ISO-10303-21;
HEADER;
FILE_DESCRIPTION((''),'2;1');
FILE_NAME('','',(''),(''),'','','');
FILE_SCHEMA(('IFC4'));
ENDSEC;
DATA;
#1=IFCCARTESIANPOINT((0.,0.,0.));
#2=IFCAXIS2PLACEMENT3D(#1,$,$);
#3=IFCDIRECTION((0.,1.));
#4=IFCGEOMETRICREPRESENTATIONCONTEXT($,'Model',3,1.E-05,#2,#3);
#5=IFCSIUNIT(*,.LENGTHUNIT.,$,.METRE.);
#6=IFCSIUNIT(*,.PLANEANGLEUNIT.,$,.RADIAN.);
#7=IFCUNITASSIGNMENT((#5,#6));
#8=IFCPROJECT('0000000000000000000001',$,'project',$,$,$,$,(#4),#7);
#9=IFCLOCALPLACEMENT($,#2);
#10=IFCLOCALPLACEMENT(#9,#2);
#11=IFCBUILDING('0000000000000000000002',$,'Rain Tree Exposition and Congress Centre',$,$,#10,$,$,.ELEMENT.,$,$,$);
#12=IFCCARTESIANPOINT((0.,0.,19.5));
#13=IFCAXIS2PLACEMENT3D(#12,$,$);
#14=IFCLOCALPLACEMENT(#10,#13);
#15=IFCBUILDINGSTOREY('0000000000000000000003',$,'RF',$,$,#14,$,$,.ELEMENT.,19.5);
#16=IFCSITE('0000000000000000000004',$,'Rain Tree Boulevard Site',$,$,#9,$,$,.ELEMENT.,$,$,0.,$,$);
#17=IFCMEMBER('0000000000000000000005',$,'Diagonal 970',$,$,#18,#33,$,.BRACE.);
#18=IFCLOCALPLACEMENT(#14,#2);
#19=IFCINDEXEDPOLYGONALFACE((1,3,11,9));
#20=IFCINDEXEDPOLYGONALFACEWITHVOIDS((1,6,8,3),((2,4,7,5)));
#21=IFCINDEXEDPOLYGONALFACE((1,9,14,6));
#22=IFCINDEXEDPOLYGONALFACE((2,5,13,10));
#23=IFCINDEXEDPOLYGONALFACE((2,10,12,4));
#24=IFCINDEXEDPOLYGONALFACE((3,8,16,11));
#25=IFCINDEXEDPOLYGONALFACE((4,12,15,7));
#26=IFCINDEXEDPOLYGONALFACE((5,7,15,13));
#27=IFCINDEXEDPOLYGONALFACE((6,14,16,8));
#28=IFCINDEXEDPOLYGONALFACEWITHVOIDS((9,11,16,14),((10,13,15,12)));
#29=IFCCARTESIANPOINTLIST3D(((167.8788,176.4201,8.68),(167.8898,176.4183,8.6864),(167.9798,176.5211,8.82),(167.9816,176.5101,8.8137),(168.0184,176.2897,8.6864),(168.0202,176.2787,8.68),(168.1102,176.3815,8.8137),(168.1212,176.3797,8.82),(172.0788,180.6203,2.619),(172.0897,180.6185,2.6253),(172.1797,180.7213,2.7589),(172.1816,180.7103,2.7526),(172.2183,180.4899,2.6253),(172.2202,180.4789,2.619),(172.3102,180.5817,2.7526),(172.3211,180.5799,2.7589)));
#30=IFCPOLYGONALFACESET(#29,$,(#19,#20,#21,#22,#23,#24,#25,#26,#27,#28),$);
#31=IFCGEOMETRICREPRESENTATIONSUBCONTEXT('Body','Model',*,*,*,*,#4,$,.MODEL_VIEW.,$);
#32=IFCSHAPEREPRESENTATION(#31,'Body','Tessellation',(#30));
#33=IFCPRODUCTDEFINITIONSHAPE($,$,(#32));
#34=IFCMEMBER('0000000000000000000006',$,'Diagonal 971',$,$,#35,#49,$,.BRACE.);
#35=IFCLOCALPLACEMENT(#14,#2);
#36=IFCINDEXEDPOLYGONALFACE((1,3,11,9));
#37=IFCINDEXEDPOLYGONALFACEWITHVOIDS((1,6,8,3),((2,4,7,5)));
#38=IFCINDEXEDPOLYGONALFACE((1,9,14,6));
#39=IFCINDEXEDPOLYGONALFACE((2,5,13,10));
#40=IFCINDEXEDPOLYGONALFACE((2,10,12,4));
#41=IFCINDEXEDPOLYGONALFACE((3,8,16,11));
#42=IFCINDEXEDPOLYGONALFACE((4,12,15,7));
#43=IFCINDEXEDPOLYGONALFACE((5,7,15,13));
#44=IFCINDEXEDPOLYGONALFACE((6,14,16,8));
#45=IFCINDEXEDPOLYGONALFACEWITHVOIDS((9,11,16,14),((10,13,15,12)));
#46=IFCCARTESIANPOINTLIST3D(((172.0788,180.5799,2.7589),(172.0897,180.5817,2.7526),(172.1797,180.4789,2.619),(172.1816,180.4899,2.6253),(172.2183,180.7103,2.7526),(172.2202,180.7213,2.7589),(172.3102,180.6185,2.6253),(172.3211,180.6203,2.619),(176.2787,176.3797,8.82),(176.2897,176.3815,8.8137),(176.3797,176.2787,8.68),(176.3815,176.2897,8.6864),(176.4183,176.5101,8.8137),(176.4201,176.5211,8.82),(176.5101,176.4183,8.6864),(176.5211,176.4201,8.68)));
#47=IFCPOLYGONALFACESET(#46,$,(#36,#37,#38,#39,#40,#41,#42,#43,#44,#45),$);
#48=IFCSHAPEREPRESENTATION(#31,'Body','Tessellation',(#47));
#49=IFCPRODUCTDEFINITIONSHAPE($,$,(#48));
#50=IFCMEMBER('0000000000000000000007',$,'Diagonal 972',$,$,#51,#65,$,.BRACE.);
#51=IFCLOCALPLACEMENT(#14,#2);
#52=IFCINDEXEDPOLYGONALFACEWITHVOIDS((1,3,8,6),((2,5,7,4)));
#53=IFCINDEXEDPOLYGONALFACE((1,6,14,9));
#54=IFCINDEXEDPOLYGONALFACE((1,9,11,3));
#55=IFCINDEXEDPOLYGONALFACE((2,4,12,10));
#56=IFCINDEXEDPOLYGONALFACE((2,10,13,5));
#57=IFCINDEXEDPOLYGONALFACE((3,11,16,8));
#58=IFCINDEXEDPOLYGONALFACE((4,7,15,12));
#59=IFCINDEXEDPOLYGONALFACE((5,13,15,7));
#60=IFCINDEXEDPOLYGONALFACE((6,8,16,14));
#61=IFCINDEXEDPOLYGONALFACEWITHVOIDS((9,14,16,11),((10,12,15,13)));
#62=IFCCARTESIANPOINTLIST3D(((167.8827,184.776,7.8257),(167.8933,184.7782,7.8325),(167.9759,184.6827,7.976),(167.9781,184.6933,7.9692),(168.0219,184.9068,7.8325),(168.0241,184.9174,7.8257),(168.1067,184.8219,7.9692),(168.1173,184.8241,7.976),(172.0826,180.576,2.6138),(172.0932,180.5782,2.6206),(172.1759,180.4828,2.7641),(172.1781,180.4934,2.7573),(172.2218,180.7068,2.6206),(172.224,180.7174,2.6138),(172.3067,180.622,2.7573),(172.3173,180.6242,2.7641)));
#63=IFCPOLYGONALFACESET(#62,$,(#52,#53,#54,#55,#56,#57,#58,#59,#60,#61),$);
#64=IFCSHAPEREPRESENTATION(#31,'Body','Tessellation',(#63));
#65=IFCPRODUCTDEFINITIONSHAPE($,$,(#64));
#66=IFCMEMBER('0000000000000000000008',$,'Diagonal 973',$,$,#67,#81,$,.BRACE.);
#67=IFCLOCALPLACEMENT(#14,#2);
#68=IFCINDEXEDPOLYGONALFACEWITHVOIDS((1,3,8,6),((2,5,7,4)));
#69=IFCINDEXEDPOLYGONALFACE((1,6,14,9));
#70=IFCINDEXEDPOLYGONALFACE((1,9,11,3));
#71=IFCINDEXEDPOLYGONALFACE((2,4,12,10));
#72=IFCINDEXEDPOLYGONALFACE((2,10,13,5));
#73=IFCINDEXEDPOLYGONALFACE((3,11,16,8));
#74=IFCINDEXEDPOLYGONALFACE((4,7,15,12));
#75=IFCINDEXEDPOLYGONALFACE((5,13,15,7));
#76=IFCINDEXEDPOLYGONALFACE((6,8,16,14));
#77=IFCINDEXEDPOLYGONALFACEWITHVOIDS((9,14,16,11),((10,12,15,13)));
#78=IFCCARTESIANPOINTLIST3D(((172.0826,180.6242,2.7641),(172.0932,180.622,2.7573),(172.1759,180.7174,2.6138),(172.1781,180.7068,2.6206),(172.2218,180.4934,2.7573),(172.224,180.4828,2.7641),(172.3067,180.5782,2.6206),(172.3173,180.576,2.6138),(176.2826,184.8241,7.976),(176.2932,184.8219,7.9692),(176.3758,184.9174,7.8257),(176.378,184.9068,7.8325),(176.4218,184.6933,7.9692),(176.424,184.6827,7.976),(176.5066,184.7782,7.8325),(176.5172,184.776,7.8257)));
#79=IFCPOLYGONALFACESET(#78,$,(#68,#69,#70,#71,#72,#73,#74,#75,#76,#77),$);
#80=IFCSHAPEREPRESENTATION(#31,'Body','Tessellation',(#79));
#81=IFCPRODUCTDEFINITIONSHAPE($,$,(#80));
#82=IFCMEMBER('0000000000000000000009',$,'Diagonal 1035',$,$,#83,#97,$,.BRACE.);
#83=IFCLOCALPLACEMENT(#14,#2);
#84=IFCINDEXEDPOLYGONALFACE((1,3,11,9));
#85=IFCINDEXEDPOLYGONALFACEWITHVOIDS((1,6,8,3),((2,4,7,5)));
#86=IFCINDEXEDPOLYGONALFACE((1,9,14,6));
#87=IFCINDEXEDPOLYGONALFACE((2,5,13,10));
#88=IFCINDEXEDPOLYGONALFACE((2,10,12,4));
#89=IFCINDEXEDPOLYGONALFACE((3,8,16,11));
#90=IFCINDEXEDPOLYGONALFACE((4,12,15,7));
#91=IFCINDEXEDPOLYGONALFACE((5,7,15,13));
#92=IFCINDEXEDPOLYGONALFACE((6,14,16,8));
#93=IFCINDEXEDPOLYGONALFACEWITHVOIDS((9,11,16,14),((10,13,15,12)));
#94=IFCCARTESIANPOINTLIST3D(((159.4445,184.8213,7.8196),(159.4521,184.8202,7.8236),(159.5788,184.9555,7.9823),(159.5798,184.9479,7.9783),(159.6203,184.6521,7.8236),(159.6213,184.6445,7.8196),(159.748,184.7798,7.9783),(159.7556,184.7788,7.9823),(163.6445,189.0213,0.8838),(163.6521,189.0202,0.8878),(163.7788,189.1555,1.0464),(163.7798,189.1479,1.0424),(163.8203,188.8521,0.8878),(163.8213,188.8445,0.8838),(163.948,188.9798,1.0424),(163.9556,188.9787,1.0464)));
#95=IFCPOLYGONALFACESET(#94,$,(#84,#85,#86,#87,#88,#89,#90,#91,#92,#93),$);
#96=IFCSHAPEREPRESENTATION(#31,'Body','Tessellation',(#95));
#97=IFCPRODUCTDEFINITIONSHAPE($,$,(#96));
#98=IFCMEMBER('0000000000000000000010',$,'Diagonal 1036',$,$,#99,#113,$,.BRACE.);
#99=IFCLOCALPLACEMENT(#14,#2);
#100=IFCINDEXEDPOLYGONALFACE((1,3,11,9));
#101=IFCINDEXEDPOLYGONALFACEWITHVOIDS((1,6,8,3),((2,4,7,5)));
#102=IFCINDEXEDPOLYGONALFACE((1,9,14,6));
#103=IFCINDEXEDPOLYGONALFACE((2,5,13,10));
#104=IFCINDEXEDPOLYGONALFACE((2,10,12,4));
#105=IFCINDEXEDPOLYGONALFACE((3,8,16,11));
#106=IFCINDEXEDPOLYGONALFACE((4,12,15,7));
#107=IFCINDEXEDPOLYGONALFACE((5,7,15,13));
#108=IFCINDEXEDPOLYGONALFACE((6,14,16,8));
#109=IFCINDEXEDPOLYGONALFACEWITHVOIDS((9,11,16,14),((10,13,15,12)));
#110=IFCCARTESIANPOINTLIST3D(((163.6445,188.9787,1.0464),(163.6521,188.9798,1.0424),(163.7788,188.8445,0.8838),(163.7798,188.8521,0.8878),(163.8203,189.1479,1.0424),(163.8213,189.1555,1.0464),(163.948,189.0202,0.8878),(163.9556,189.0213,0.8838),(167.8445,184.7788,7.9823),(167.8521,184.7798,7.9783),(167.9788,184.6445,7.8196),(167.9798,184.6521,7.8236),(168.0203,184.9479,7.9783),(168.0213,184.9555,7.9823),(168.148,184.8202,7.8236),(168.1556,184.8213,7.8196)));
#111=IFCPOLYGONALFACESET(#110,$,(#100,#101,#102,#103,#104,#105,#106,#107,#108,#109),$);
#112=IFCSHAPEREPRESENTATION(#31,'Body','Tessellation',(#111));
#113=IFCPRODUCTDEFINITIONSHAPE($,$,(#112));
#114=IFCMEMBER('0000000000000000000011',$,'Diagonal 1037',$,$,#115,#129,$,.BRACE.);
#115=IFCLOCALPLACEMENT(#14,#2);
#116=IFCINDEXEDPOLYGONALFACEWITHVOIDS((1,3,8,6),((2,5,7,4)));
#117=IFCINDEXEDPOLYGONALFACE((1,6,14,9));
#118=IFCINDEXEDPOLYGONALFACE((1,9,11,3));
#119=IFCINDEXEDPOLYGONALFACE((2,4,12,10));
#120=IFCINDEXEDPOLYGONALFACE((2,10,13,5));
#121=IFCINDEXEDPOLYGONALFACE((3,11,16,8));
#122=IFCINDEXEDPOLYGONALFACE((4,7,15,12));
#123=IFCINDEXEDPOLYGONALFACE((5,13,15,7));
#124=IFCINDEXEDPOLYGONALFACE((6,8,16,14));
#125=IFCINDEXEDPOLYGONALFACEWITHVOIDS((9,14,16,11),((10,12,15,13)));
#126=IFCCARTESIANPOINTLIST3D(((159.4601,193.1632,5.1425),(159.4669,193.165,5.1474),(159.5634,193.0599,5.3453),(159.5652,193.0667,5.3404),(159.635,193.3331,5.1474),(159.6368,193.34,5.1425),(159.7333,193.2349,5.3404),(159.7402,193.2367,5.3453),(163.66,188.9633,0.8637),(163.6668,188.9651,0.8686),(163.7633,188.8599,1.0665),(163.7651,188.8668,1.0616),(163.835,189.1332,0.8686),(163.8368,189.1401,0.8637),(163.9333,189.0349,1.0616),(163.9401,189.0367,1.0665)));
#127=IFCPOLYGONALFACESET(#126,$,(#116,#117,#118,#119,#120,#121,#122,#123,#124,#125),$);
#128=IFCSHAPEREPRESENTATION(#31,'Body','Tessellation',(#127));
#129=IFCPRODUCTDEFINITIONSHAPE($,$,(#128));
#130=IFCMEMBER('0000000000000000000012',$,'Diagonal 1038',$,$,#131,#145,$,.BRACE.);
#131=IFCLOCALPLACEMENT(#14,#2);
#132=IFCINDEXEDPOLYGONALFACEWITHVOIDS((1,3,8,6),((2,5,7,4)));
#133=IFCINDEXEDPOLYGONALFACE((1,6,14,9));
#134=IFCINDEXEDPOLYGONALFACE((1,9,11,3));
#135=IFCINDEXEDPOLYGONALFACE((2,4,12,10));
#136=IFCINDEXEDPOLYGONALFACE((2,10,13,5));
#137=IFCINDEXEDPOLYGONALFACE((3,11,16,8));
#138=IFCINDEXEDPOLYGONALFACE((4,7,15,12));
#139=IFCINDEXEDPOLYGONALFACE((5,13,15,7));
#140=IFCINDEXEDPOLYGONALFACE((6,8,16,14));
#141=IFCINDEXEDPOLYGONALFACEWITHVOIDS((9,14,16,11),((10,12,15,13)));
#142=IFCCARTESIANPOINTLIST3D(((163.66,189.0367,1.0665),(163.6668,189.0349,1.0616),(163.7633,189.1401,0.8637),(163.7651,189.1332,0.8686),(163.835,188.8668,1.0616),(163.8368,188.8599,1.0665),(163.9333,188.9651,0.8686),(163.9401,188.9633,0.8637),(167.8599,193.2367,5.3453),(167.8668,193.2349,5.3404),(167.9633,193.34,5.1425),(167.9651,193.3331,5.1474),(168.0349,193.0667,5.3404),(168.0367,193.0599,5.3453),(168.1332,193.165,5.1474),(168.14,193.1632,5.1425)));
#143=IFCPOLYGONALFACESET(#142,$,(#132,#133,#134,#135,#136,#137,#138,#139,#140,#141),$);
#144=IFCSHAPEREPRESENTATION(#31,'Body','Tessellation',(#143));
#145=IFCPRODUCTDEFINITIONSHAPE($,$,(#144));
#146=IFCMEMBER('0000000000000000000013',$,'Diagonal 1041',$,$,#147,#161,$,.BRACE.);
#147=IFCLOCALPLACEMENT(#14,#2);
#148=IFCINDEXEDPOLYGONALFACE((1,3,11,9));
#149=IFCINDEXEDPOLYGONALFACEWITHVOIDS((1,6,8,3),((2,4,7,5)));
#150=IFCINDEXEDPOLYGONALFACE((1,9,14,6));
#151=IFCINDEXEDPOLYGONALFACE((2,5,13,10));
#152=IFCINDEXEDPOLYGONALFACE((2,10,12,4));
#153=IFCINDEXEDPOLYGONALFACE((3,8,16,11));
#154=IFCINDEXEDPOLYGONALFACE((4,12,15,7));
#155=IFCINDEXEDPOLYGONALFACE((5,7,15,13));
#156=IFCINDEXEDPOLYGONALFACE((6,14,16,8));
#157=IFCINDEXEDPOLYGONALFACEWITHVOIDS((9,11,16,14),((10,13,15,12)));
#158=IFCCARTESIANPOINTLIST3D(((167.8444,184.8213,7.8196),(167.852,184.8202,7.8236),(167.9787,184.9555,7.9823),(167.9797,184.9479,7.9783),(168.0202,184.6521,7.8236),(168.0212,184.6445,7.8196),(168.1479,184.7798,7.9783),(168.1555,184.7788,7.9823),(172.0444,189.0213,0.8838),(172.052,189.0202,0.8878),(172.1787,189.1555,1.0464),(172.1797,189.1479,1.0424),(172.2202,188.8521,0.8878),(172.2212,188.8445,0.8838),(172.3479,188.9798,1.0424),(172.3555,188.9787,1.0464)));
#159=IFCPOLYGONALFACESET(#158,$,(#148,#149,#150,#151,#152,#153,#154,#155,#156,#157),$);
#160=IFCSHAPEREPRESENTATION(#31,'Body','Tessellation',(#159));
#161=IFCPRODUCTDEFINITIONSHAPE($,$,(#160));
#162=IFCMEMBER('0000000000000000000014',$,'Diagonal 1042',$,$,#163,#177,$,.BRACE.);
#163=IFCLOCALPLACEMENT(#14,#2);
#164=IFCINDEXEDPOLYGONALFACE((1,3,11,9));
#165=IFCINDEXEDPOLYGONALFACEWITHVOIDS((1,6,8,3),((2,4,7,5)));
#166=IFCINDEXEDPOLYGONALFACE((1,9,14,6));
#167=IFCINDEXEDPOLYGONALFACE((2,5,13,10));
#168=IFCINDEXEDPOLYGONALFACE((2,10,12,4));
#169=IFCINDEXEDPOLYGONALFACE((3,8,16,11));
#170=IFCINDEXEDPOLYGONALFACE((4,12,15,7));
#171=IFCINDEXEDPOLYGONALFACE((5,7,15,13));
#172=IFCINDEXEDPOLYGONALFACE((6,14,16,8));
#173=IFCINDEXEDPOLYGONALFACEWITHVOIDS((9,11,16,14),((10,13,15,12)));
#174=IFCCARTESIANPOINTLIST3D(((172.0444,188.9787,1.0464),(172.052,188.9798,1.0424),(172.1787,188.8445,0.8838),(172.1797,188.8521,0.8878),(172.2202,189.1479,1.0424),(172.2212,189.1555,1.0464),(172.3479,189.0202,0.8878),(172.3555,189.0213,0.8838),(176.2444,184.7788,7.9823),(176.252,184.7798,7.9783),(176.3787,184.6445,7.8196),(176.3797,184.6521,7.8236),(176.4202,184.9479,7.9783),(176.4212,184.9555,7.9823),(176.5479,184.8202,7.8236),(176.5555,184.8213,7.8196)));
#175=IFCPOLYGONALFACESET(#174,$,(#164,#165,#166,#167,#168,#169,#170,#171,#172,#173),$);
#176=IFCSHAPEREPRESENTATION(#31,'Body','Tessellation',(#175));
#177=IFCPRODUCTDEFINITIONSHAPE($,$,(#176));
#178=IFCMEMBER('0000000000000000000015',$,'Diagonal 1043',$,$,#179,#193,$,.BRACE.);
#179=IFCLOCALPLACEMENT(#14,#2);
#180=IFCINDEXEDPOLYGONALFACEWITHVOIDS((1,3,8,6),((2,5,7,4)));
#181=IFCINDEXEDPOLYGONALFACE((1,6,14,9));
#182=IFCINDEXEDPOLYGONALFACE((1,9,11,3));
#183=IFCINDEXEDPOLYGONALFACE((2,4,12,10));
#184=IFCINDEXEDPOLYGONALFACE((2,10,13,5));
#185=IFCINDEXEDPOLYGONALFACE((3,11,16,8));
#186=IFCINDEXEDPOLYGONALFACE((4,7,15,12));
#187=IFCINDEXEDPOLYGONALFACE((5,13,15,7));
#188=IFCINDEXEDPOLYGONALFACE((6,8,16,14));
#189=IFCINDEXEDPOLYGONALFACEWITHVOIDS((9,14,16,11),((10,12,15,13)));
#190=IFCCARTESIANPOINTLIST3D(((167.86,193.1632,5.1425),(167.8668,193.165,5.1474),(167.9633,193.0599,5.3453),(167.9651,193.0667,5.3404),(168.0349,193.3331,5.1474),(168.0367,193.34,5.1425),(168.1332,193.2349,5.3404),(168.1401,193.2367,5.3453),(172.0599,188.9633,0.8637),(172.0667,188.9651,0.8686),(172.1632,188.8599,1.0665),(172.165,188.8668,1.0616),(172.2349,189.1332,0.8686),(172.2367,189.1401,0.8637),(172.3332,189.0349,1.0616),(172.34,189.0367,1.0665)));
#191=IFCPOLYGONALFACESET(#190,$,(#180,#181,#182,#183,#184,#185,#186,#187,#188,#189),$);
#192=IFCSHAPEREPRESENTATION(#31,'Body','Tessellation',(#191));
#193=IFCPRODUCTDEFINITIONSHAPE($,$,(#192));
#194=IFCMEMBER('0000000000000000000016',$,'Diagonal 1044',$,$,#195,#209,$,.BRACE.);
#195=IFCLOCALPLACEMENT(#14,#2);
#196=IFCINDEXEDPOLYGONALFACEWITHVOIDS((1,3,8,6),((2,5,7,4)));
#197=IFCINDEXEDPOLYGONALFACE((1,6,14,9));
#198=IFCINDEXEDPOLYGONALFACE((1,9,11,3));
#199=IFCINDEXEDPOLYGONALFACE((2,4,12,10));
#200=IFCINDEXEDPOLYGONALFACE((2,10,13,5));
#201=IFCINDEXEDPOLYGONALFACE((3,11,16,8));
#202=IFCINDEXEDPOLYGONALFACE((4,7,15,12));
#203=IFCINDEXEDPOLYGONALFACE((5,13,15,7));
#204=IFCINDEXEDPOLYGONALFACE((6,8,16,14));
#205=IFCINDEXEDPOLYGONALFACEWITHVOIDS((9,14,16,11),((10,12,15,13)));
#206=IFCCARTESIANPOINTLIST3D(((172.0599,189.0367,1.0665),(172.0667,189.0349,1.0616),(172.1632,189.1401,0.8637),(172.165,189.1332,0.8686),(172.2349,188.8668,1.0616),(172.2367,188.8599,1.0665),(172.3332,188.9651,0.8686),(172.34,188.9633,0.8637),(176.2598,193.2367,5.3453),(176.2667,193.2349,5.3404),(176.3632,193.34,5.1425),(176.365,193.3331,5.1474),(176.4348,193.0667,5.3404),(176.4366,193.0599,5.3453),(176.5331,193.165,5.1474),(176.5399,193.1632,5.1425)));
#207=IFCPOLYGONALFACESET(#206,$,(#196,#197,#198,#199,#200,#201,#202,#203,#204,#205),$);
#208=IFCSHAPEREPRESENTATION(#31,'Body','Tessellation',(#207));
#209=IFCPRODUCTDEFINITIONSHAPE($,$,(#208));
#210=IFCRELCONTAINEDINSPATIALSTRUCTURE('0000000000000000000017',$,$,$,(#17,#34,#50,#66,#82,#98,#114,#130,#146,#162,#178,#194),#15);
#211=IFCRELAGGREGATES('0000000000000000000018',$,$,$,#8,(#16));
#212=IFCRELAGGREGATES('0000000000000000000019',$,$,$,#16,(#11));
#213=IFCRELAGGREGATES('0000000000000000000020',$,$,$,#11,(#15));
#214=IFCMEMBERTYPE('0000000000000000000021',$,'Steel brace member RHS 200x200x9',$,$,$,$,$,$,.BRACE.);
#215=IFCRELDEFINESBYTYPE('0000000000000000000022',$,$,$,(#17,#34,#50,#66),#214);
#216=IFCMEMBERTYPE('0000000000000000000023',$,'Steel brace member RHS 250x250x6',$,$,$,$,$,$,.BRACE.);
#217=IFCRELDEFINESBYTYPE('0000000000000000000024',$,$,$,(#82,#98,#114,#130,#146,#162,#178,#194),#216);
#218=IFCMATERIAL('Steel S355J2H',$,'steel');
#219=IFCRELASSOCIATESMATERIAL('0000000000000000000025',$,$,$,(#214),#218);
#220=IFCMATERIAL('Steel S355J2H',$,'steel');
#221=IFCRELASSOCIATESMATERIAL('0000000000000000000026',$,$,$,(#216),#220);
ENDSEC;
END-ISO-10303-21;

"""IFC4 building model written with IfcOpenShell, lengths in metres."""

from ifc_helpers import new_model, si_unit, direction, frame, origin, origin_2d, place, context, subcontext, project, spatial, hollow_rectangle, extrude, material, material_profile, profile_set, type_object, element, save


model = new_model("IFC4")

# Units and contexts
model_context = context("Model", 3, precision=1e-05, world=origin(), true_north=direction((0.0, 1.0)))
body_context = subcontext(model_context, "Body", "Model", "MODEL_VIEW")
ifc_project = project(units=[si_unit("LENGTHUNIT", "METRE"), si_unit("PLANEANGLEUNIT", "RADIAN")], contexts=[model_context])

# Site, building, storey
site_placement = place(None, origin())
site = spatial("IfcSite", under=ifc_project, at=site_placement, Name="Rain Tree Boulevard Site", CompositionType="ELEMENT", RefElevation=0.0)
building_placement = place(site_placement, origin())
building = spatial("IfcBuilding", under=site, at=building_placement, Name="Rain Tree Exposition and Congress Centre", CompositionType="ELEMENT")
storey_placement = place(building_placement, frame((0.0, 0.0, 19.5)))
storey = spatial("IfcBuildingStorey", under=building, at=storey_placement, Name="RF", CompositionType="ELEMENT", Elevation=19.5)

# Members
ifc_material_1 = material(Name="Steel S355J2H", Category="steel")
ifc_material_profile_1 = material_profile(ifc_material_1, hollow_rectangle(XDim=0.2, YDim=0.2, WallThickness=0.009, at=origin_2d()), Name="RHS 200x200x9")
ifc_profile_set_1 = profile_set([ifc_material_profile_1], Name="Steel S355J2H")
member_type_1 = type_object("IfcMemberType", Name="Steel brace member RHS 200x200x9", PredefinedType="BRACE", material=ifc_profile_set_1)
for number, where, z_axis, x_axis, name in (
    (1, (172.2, 180.6001, 2.689), (-0.494909, -0.494938, 0.714214), (0.707127, -0.707086, 0.0), "Diagonal 970"),
    (2, (172.2, 180.6001, 2.689), (0.494909, -0.494938, 0.714214), (0.707127, 0.707086, 0.0), "Diagonal 971"),
):
    element("IfcMember", number, at=place(storey_placement, frame(where, z_axis=z_axis, x_axis=x_axis)), inside=storey, type_object=member_type_1, Name=name, PredefinedType="BRACE", context=body_context, shape_type="SweptSolid", body=[
        extrude(hollow_rectangle(XDim=0.2, YDim=0.2, WallThickness=0.009, at=origin_2d()), origin(), (0.0, 0.0, 1.0), 8.4863),
    ])
for number, where, z_axis, x_axis, name in (
    (3, (172.2, 180.6001, 2.689), (-0.531498, 0.531498, 0.65956), (-0.707107, -0.707107, 0.0), "Diagonal 972"),
    (4, (172.2, 180.6001, 2.689), (0.531498, 0.531498, 0.65956), (-0.707107, 0.707107, 0.0), "Diagonal 973"),
):
    element("IfcMember", number, at=place(storey_placement, frame(where, z_axis=z_axis, x_axis=x_axis)), inside=storey, type_object=member_type_1, Name=name, PredefinedType="BRACE", context=body_context, shape_type="SweptSolid", body=[
        extrude(hollow_rectangle(XDim=0.2, YDim=0.2, WallThickness=0.009, at=origin_2d()), origin(), (0.0, 0.0, 1.0), 7.9021),
    ])
ifc_material_2 = material(Name="Steel S355J2H", Category="steel")
ifc_material_profile_2 = material_profile(ifc_material_2, hollow_rectangle(XDim=0.25, YDim=0.25, WallThickness=0.0061, at=origin_2d()), Name="RHS 250x250x6")
ifc_profile_set_2 = profile_set([ifc_material_profile_2], Name="Steel S355J2H")
member_type_2 = type_object("IfcMemberType", Name="Steel brace member RHS 250x250x6", PredefinedType="BRACE", material=ifc_profile_set_2)
for number, where, z_axis, x_axis, name in (
    (5, (163.8, 189.0, 0.9651), (-0.459941, -0.459941, 0.759545), (0.707107, -0.707107, 0.0), "Diagonal 1035"),
    (6, (163.8, 189.0, 0.9651), (0.459941, -0.459941, 0.759545), (0.707107, 0.707107, 0.0), "Diagonal 1036"),
):
    element("IfcMember", number, at=place(storey_placement, frame(where, z_axis=z_axis, x_axis=x_axis)), inside=storey, type_object=member_type_2, Name=name, PredefinedType="BRACE", context=body_context, shape_type="SweptSolid", body=[
        extrude(hollow_rectangle(XDim=0.25, YDim=0.25, WallThickness=0.0061, at=origin_2d()), origin(), (0.0, 0.0, 1.0), 9.1316),
    ])
for number, where, z_axis, x_axis, name in (
    (7, (163.8, 189.0, 0.9651), (-0.573737, 0.573737, 0.58451), (-0.707107, -0.707107, 0.0), "Diagonal 1037"),
    (8, (163.8, 189.0, 0.9651), (0.573737, 0.573737, 0.58451), (-0.707107, 0.707107, 0.0), "Diagonal 1038"),
):
    element("IfcMember", number, at=place(storey_placement, frame(where, z_axis=z_axis, x_axis=x_axis)), inside=storey, type_object=member_type_2, Name=name, PredefinedType="BRACE", context=body_context, shape_type="SweptSolid", body=[
        extrude(hollow_rectangle(XDim=0.25, YDim=0.25, WallThickness=0.0061, at=origin_2d()), origin(), (0.0, 0.0, 1.0), 7.3203),
    ])
for number, where, z_axis, x_axis, name in (
    (9, (172.2, 189.0, 0.9651), (-0.459941, -0.459941, 0.759545), (0.707107, -0.707107, 0.0), "Diagonal 1041"),
    (10, (172.2, 189.0, 0.9651), (0.459941, -0.459941, 0.759545), (0.707107, 0.707107, 0.0), "Diagonal 1042"),
):
    element("IfcMember", number, at=place(storey_placement, frame(where, z_axis=z_axis, x_axis=x_axis)), inside=storey, type_object=member_type_2, Name=name, PredefinedType="BRACE", context=body_context, shape_type="SweptSolid", body=[
        extrude(hollow_rectangle(XDim=0.25, YDim=0.25, WallThickness=0.0061, at=origin_2d()), origin(), (0.0, 0.0, 1.0), 9.1316),
    ])
for number, where, z_axis, x_axis, name in (
    (11, (172.2, 189.0, 0.9651), (-0.573737, 0.573737, 0.58451), (-0.707107, -0.707107, 0.0), "Diagonal 1043"),
    (12, (172.2, 189.0, 0.9651), (0.573737, 0.573737, 0.58451), (-0.707107, 0.707107, 0.0), "Diagonal 1044"),
):
    element("IfcMember", number, at=place(storey_placement, frame(where, z_axis=z_axis, x_axis=x_axis)), inside=storey, type_object=member_type_2, Name=name, PredefinedType="BRACE", context=body_context, shape_type="SweptSolid", body=[
        extrude(hollow_rectangle(XDim=0.25, YDim=0.25, WallThickness=0.0061, at=origin_2d()), origin(), (0.0, 0.0, 1.0), 7.3203),
    ])

save(model, "model.ifc")
